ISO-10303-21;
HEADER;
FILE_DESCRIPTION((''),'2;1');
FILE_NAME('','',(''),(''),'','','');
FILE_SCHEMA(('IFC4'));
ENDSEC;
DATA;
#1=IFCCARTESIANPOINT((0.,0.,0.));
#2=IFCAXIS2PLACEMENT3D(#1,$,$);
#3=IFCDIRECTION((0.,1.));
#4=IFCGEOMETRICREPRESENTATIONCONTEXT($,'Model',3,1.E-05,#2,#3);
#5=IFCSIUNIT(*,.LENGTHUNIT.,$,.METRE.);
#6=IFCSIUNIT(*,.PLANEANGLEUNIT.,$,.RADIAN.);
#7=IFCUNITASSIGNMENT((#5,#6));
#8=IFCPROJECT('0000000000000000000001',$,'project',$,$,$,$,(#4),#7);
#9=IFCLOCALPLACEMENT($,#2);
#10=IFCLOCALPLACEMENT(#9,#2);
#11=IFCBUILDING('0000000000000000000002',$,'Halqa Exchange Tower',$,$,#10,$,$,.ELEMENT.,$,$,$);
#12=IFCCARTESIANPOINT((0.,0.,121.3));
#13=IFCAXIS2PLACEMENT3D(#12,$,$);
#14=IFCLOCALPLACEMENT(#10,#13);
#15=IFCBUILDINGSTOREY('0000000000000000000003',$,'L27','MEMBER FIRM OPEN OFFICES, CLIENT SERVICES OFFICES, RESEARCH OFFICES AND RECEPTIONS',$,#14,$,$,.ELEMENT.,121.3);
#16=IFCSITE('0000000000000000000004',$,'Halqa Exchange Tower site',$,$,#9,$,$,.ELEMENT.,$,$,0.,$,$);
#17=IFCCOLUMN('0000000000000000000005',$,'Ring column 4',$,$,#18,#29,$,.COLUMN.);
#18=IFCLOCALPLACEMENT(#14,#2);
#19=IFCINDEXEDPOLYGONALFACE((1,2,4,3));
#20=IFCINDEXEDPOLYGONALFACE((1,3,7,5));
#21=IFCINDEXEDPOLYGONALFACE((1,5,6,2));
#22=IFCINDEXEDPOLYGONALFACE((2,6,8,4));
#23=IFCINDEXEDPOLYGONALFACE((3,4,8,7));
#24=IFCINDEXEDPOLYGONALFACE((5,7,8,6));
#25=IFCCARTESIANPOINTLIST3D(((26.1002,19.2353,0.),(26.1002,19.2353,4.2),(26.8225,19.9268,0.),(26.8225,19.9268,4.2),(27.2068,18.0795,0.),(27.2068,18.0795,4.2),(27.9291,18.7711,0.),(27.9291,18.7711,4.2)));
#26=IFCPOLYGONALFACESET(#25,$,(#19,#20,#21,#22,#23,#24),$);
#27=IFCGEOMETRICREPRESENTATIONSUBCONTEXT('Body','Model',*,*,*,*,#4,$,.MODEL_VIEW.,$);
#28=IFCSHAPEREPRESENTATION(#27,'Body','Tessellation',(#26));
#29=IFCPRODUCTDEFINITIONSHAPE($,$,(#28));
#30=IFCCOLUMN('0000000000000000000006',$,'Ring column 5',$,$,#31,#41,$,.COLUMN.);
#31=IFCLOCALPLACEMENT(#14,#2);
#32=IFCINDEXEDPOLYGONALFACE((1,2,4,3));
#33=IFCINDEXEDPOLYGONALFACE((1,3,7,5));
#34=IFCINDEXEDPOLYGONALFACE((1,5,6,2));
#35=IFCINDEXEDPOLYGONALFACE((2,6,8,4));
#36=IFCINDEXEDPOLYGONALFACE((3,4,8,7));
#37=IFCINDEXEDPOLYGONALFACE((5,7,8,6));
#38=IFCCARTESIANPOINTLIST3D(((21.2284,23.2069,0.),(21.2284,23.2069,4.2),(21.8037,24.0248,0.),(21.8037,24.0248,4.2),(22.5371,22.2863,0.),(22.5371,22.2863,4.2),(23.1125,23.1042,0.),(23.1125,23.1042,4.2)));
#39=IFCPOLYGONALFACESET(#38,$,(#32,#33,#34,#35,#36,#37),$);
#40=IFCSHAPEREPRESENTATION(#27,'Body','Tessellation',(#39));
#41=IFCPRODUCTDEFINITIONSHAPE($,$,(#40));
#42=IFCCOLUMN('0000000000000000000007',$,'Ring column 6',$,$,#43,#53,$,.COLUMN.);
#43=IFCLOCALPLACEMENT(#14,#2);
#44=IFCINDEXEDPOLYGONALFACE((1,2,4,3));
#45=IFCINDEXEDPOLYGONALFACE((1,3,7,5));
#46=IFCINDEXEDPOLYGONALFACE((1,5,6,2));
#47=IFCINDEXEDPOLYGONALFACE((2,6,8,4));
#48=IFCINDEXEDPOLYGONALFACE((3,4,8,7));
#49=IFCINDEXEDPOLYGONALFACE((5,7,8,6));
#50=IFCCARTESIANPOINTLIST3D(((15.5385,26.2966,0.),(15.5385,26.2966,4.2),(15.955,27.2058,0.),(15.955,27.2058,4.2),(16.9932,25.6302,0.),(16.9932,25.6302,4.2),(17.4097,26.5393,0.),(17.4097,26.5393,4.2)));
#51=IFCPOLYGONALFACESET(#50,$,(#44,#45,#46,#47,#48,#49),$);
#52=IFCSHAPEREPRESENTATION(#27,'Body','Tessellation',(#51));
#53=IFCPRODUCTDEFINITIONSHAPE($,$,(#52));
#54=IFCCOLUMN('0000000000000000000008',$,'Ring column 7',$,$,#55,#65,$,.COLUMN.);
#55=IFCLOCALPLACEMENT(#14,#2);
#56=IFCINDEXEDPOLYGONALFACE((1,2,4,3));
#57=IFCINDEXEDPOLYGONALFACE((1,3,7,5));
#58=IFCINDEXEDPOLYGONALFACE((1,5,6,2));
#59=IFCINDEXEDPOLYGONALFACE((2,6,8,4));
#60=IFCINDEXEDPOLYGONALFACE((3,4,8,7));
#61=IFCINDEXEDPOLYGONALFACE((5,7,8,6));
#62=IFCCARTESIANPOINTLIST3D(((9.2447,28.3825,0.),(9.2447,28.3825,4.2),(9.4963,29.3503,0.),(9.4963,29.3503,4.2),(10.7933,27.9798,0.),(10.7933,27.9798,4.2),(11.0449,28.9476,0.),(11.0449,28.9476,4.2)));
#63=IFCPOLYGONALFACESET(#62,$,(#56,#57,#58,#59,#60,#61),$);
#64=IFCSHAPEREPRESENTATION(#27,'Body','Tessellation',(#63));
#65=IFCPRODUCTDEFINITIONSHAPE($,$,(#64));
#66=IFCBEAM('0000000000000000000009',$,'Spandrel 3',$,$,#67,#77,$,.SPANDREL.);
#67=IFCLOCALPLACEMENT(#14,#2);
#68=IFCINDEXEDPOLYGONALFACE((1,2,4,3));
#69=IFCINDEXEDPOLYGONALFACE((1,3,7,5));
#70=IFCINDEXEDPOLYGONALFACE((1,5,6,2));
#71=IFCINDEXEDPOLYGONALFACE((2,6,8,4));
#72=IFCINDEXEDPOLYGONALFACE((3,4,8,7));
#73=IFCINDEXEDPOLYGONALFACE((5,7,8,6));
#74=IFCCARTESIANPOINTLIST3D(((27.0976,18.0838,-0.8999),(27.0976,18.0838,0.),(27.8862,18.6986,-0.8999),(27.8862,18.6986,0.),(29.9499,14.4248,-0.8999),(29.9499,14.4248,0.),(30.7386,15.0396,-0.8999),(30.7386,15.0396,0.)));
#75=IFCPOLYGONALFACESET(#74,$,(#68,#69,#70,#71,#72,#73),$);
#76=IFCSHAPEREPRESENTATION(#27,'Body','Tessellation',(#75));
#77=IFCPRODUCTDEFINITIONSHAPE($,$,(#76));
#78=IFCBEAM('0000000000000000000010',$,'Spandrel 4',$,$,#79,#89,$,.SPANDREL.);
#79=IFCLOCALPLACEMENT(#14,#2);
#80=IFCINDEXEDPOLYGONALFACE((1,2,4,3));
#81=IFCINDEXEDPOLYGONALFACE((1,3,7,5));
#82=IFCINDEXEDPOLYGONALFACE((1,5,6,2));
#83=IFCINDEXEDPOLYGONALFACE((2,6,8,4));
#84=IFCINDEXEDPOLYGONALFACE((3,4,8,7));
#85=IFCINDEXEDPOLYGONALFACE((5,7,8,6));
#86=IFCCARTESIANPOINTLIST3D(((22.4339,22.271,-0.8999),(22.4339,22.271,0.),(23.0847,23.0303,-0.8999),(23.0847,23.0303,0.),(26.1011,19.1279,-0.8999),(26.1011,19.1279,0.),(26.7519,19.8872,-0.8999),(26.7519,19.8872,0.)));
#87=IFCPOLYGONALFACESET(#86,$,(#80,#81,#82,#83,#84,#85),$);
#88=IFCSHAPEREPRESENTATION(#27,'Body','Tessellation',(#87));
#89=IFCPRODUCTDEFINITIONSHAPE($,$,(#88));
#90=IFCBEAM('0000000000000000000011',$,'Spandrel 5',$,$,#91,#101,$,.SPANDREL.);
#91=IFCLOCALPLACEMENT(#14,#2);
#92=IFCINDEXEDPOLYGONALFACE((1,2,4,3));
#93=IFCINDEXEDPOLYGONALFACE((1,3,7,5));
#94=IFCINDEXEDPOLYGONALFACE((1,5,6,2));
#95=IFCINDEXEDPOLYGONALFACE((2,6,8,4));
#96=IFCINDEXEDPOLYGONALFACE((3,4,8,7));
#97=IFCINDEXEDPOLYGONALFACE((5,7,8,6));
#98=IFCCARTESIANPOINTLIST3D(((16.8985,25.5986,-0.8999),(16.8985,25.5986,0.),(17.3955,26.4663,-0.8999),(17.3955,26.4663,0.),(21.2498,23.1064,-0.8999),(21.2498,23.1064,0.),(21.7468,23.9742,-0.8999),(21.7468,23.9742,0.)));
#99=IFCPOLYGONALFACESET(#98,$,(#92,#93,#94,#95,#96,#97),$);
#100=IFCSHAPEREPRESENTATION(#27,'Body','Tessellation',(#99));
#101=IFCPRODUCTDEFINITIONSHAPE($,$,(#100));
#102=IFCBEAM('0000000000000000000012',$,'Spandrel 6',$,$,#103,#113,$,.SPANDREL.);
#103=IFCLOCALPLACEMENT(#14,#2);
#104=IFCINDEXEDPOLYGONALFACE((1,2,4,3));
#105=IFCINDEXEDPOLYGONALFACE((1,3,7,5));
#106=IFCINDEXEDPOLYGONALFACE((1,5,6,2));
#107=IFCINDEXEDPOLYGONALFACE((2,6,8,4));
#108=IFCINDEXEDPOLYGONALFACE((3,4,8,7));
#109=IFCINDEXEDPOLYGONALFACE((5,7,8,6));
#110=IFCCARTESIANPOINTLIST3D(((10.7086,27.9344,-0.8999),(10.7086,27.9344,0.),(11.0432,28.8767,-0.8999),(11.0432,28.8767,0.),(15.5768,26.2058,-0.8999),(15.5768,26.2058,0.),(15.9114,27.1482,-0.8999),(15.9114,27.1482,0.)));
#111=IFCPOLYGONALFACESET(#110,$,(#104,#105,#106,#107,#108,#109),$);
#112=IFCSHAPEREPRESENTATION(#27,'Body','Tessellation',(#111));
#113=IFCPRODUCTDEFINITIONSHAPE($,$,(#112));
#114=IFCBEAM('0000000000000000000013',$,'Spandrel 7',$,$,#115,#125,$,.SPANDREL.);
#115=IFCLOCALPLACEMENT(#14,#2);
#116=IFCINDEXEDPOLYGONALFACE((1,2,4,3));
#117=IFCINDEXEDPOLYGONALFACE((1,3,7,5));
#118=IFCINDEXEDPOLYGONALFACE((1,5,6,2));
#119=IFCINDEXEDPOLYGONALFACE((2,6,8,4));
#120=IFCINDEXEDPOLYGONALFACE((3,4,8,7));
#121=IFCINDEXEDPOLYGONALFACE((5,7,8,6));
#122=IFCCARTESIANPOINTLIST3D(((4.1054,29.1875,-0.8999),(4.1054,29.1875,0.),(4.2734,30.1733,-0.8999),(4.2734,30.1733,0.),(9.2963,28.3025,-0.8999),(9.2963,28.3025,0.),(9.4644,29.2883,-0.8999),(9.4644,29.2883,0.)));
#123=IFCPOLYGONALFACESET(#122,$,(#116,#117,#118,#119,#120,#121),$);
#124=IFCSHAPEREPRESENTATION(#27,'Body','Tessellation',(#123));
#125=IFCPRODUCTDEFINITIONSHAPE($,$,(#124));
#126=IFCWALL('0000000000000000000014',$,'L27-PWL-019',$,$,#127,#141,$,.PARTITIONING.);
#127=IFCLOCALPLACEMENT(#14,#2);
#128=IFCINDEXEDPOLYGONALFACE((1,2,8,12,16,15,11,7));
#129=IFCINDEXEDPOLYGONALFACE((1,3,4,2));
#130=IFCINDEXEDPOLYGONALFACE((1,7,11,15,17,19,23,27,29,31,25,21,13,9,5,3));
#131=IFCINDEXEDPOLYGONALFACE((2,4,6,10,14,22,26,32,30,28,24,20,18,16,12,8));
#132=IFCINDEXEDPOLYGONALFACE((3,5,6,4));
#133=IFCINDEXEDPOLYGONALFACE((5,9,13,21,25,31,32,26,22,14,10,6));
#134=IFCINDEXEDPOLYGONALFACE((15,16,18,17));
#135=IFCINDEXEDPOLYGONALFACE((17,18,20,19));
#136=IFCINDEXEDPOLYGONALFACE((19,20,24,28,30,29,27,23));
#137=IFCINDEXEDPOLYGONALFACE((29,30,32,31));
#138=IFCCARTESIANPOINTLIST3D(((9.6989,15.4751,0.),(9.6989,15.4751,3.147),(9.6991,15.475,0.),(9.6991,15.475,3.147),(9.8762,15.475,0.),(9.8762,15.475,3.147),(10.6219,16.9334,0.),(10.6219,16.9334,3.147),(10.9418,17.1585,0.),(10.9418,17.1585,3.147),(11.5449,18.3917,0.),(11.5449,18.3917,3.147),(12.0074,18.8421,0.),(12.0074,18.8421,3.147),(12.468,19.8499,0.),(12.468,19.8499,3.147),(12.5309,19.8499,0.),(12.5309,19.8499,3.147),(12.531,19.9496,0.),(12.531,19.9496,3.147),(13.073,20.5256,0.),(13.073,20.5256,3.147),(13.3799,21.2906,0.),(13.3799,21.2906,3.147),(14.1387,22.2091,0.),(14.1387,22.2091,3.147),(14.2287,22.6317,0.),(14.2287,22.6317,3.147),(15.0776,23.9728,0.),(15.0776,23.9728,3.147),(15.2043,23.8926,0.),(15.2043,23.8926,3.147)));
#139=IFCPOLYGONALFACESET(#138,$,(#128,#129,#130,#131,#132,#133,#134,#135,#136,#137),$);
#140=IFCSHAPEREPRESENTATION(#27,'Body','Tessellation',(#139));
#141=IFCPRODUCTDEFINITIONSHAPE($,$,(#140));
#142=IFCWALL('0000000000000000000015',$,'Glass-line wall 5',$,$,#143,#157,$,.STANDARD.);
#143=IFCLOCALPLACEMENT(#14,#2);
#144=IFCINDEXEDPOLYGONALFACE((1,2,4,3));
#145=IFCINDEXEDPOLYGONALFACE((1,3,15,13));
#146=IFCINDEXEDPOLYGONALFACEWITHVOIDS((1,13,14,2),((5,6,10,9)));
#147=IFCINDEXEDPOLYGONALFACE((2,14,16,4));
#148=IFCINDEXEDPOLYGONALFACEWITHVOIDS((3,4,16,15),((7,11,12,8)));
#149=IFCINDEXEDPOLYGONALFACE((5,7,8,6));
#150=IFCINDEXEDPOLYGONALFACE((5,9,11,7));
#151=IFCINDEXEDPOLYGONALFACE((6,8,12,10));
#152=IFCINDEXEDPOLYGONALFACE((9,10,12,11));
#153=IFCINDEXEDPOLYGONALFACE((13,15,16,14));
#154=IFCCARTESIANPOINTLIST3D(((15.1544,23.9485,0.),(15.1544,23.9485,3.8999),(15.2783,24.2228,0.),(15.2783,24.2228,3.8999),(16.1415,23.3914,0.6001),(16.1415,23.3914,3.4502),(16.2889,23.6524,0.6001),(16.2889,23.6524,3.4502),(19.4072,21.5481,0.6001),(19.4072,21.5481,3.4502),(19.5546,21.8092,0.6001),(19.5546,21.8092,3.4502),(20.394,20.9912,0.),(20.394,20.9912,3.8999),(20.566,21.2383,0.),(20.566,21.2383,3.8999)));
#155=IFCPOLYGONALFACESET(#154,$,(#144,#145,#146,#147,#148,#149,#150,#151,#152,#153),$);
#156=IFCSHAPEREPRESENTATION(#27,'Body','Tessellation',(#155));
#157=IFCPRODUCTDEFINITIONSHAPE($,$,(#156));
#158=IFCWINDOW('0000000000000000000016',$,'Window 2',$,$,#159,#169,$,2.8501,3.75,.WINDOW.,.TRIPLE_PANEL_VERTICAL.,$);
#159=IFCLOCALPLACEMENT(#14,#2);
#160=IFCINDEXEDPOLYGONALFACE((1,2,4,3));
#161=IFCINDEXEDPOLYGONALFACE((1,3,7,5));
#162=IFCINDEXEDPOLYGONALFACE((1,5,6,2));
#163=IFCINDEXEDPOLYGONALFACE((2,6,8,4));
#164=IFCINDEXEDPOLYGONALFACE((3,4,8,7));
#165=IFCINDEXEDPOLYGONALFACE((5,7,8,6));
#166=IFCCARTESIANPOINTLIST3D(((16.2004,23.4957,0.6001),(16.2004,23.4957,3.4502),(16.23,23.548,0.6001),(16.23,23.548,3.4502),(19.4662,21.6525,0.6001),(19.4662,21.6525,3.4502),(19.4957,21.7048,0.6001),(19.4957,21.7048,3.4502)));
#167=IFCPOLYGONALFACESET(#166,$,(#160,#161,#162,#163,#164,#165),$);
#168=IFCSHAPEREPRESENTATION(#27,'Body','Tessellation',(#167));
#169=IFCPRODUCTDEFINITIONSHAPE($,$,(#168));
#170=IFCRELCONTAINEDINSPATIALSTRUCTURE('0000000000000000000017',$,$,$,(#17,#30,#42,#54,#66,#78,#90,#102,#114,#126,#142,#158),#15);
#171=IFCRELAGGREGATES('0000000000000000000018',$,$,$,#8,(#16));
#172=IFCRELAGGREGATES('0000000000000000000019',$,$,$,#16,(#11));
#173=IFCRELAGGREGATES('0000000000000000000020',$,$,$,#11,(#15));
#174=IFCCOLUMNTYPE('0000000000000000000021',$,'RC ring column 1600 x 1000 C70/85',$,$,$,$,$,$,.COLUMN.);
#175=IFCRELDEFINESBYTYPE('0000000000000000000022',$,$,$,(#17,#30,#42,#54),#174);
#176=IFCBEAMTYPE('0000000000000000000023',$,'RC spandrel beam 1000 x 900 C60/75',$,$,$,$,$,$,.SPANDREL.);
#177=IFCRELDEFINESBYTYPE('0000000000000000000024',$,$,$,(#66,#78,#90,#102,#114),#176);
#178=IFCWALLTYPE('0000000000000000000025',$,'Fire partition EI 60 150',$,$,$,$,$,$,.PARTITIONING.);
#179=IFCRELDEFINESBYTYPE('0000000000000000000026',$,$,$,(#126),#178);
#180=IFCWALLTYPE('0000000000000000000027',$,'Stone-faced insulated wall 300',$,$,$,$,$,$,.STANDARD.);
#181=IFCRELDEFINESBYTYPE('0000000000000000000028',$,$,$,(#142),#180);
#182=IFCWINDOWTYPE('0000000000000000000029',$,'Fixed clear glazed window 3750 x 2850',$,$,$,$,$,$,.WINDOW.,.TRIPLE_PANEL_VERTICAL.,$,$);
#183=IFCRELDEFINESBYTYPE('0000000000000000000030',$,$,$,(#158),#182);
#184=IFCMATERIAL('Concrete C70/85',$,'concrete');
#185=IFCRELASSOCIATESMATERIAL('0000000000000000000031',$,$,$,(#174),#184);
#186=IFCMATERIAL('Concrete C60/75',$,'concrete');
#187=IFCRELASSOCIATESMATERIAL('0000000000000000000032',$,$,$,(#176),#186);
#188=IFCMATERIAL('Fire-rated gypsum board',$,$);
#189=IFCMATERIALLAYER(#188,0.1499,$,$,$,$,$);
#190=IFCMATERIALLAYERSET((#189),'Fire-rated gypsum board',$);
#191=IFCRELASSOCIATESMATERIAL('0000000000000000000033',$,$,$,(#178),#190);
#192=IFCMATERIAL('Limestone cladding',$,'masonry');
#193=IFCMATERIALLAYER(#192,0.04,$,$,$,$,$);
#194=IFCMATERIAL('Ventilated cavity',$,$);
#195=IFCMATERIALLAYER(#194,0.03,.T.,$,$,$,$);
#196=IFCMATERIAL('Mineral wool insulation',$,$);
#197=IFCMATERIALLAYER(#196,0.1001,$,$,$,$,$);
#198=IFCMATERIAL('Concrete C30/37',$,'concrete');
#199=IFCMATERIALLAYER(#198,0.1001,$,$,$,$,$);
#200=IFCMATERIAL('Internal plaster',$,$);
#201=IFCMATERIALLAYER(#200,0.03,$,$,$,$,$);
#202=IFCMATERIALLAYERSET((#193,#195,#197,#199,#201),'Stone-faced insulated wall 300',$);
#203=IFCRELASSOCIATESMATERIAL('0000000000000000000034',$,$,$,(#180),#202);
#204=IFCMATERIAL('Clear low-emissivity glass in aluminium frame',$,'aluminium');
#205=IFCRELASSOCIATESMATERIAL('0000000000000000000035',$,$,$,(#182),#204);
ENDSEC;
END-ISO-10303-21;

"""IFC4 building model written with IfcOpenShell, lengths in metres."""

from ifc_helpers import new_model, si_unit, direction, frame, frame_2d, origin, origin_2d, place, context, subcontext, project, spatial, polyline, rectangle, outline, extrude, material, layer, layer_set, material_profile, profile_set, type_object, element, fill, save


model = new_model("IFC4")

# Units and contexts
model_context = context("Model", 3, precision=1e-05, world=origin(), true_north=direction((0.0, 1.0)))
body_context = subcontext(model_context, "Body", "Model", "MODEL_VIEW")
ifc_project = project(units=[si_unit("LENGTHUNIT", "METRE"), si_unit("PLANEANGLEUNIT", "RADIAN")], contexts=[model_context])

# Site, building, storey
site_placement = place(None, origin())
site = spatial("IfcSite", under=ifc_project, at=site_placement, Name="Halqa Exchange Tower site", CompositionType="ELEMENT", RefElevation=0.0)
building_placement = place(site_placement, origin())
building = spatial("IfcBuilding", under=site, at=building_placement, Name="Halqa Exchange Tower", CompositionType="ELEMENT")
storey_placement = place(building_placement, frame((0.0, 0.0, 121.3)))
storey = spatial("IfcBuildingStorey", under=building, at=storey_placement, Name="L27", Description="MEMBER FIRM OPEN OFFICES, CLIENT SERVICES OFFICES, RESEARCH OFFICES AND RECEPTIONS", CompositionType="ELEMENT", Elevation=121.3)

# Columns
ifc_material_1 = material(Name="Concrete C70/85", Category="concrete")
ifc_material_profile_1 = material_profile(ifc_material_1, rectangle(XDim=1.6001, YDim=1.0, at=origin_2d()), Name="1600 x 1000")
ifc_profile_set_1 = profile_set([ifc_material_profile_1], Name="Concrete C70/85")
column_type = type_object("IfcColumnType", Name="RC ring column 1600 x 1000 C70/85", PredefinedType="COLUMN", material=ifc_profile_set_1)
for number, where, z_axis, x_axis, name in (
    (1, (27.0146, 19.0032, 0.0), (0.0, 0.0, 1.0), (-0.691574, 0.722306, 0.0), "Ring column 4"),
    (2, (22.1704, 23.1555, 0.0), (0.0, 0.0, 1.0), (-0.817907, 0.575351, 0.0), "Ring column 5"),
    (3, (16.4741, 26.418, 0.0), (0.0, 0.0, 1.0), (-0.909127, 0.416519, 0.0), "Ring column 6"),
    (4, (10.1448, 28.665, 0.0), (0.0, 0.0, 1.0), (-0.96782, 0.251644, 0.0), "Ring column 7"),
):
    element("IfcColumn", number, at=place(storey_placement, frame(where, z_axis=z_axis, x_axis=x_axis)), inside=storey, type_object=column_type, Name=name, PredefinedType="COLUMN", context=body_context, shape_type="SweptSolid", body=[
        extrude(rectangle(XDim=1.6001, YDim=1.0, at=origin_2d()), origin(), (0.0, 0.0, 1.0), 4.2),
    ])

# Beams
ifc_material_2 = material(Name="Concrete C60/75", Category="concrete")
ifc_material_profile_2 = material_profile(ifc_material_2, rectangle(XDim=1.0, YDim=0.8999, at=origin_2d()), Name="1000 x 900")
ifc_profile_set_2 = profile_set([ifc_material_profile_2], Name="Concrete C60/75")
beam_type = type_object("IfcBeamType", Name="RC spandrel beam 1000 x 900 C60/75", PredefinedType="SPANDREL", material=ifc_profile_set_2)
beam_1_placement = place(storey_placement, frame((30.3442, 14.7322, -0.45), z_axis=(-0.614807, 0.788677, 0.0), x_axis=(-0.788677, -0.614807, 0.0)))
element("IfcBeam", 5, at=beam_1_placement, inside=storey, type_object=beam_type, Name="Spandrel 3", PredefinedType="SPANDREL", context=body_context, shape_type="SweptSolid", body=[
    extrude(rectangle(XDim=1.0, YDim=0.8999, at=origin_2d()), origin(), (0.0, 0.0, 1.0), 4.6394),
])
beam_2_placement = place(storey_placement, frame((26.4265, 19.5076, -0.45), z_axis=(-0.759285, 0.650758, 0.0), x_axis=(-0.650758, -0.759285, 0.0)))
element("IfcBeam", 6, at=beam_2_placement, inside=storey, type_object=beam_type, Name="Spandrel 4", PredefinedType="SPANDREL", context=body_context, shape_type="SweptSolid", body=[
    extrude(rectangle(XDim=1.0, YDim=0.8999, at=origin_2d()), origin(), (0.0, 0.0, 1.0), 4.8298),
])
beam_3_placement = place(storey_placement, frame((21.4983, 23.5403, -0.45), z_axis=(-0.867751, 0.496999, 0.0), x_axis=(-0.496999, -0.867751, 0.0)))
element("IfcBeam", 7, at=beam_3_placement, inside=storey, type_object=beam_type, Name="Spandrel 5", PredefinedType="SPANDREL", context=body_context, shape_type="SweptSolid", body=[
    extrude(rectangle(XDim=1.0, YDim=0.8999, at=origin_2d()), origin(), (0.0, 0.0, 1.0), 5.0144),
])
beam_4_placement = place(storey_placement, frame((15.7441, 26.677, -0.45), z_axis=(-0.94236, 0.334599, 0.0), x_axis=(-0.334599, -0.94236, 0.0)))
element("IfcBeam", 8, at=beam_4_placement, inside=storey, type_object=beam_type, Name="Spandrel 6", PredefinedType="SPANDREL", context=body_context, shape_type="SweptSolid", body=[
    extrude(rectangle(XDim=1.0, YDim=0.8999, at=origin_2d()), origin(), (0.0, 0.0, 1.0), 5.166),
])
beam_5_placement = place(storey_placement, frame((9.3804, 28.7954, -0.45), z_axis=(-0.985776, 0.168067, 0.0), x_axis=(-0.168067, -0.985776, 0.0)))
element("IfcBeam", 9, at=beam_5_placement, inside=storey, type_object=beam_type, Name="Spandrel 7", PredefinedType="SPANDREL", context=body_context, shape_type="SweptSolid", body=[
    extrude(rectangle(XDim=1.0, YDim=0.8999, at=origin_2d()), origin(), (0.0, 0.0, 1.0), 5.2659),
])

# Wall
ifc_material_3 = material(Name="Fire-rated gypsum board")
ifc_layer_1 = layer(ifc_material_3, 0.1499)
ifc_layer_set_1 = layer_set([ifc_layer_1], Name="Fire-rated gypsum board")
wall_type_1 = type_object("IfcWallType", Name="Fire partition EI 60 150", PredefinedType="PARTITIONING", material=ifc_layer_set_1)
wall_1_placement = place(storey_placement, frame((9.7622, 15.4351, 0.0), z_axis=(0.0, 0.0, 1.0), x_axis=(0.53483, 0.84496, 0.0)))
element("IfcWall", 10, at=wall_1_placement, inside=storey, type_object=wall_type_1, Name="L27-PWL-019", PredefinedType="PARTITIONING", context=body_context, shape_type="SweptSolid", body=[
    extrude(outline(polyline([(10.0569, 0.075), (8.4697, 0.075), (6.8826, 0.075), (5.2954, 0.075), (5.2112, 0.0217), (5.1775, 0.075), (3.4517, 0.075), (1.7258, 0.075), (0.0, 0.075), (0.0, 0.0747), (0.0947, -0.075), (2.0872, -0.075), (4.0796, -0.075), (6.072, -0.075), (8.0645, -0.075), (10.0569, -0.075), (10.0569, 0.075)])), origin(), (0.0, 0.0, 1.0), 3.147),
])

# Shared definitions
ifc_material_4 = material(Name="Limestone cladding", Category="masonry")
ifc_layer_2 = layer(ifc_material_4, 0.04)
ifc_material_5 = material(Name="Ventilated cavity")
ifc_layer_3 = layer(ifc_material_5, 0.03, ventilated=True)
ifc_material_6 = material(Name="Mineral wool insulation")
ifc_layer_4 = layer(ifc_material_6, 0.1001)
ifc_material_7 = material(Name="Concrete C30/37", Category="concrete")
ifc_layer_5 = layer(ifc_material_7, 0.1001)
ifc_material_8 = material(Name="Internal plaster")
ifc_layer_6 = layer(ifc_material_8, 0.03)
ifc_layer_set_2 = layer_set([ifc_layer_2, ifc_layer_3, ifc_layer_4, ifc_layer_5, ifc_layer_6], Name="Stone-faced insulated wall 300")
wall_type_2 = type_object("IfcWallType", Name="Stone-faced insulated wall 300", PredefinedType="STANDARD", material=ifc_layer_set_2)
ifc_material_9 = material(Name="Clear low-emissivity glass in aluminium frame", Category="aluminium")

# Wall, opening, window
wall_2_placement = place(storey_placement, frame((20.48, 21.1147, 0.0), z_axis=(0.0, 0.0, 1.0), x_axis=(-0.870858, 0.491534, 0.0)))
wall_2 = element("IfcWall", 11, at=wall_2_placement, inside=storey, type_object=wall_type_2, Name="Glass-line wall 5", PredefinedType="STANDARD", context=body_context, shape_type="SweptSolid", body=[
    extrude(outline(polyline([(-0.0142, -0.1499), (6.0576, -0.1499), (6.0308, 0.1499), (0.0142, 0.1499), (-0.0142, -0.1499)])), origin(), (0.0, 0.0, 1.0), 3.8999),
])
opening_1_placement = place(wall_2_placement, frame((1.1472, 0.0, 0.6001)))
opening_1 = element("IfcOpeningElement", 12, at=opening_1_placement, cuts=wall_2, PredefinedType="OPENING", context=body_context, shape_type="SweptSolid", body=[
    extrude(rectangle(XDim=3.75, YDim=2.8501, at=frame_2d((1.875, 1.425))), frame((0.0, 0.1621, 0.0), z_axis=(0.0, -1.0, 0.0), x_axis=(1.0, 0.0, 0.0)), (0.0, 0.0, 1.0), 0.324),
])
window_type = type_object("IfcWindowType", Name="Fixed clear glazed window 3750 x 2850", PartitioningType="TRIPLE_PANEL_VERTICAL", PredefinedType="WINDOW", material=ifc_material_9)
window_1_placement = place(opening_1_placement, origin())
window_1 = element("IfcWindow", 13, at=window_1_placement, inside=storey, type_object=window_type, Name="Window 2", OverallHeight=2.8501, OverallWidth=3.75, PartitioningType="TRIPLE_PANEL_VERTICAL", PredefinedType="WINDOW", context=body_context, shape_type="SweptSolid", body=[
    extrude(rectangle(XDim=3.75, YDim=2.8501, at=frame_2d((1.875, 1.425))), frame((0.0, 0.03, 0.0), z_axis=(0.0, -1.0, 0.0), x_axis=(1.0, 0.0, 0.0)), (0.0, 0.0, 1.0), 0.0601),
])
fill(opening_1, window_1)

save(model, "model.ifc")
